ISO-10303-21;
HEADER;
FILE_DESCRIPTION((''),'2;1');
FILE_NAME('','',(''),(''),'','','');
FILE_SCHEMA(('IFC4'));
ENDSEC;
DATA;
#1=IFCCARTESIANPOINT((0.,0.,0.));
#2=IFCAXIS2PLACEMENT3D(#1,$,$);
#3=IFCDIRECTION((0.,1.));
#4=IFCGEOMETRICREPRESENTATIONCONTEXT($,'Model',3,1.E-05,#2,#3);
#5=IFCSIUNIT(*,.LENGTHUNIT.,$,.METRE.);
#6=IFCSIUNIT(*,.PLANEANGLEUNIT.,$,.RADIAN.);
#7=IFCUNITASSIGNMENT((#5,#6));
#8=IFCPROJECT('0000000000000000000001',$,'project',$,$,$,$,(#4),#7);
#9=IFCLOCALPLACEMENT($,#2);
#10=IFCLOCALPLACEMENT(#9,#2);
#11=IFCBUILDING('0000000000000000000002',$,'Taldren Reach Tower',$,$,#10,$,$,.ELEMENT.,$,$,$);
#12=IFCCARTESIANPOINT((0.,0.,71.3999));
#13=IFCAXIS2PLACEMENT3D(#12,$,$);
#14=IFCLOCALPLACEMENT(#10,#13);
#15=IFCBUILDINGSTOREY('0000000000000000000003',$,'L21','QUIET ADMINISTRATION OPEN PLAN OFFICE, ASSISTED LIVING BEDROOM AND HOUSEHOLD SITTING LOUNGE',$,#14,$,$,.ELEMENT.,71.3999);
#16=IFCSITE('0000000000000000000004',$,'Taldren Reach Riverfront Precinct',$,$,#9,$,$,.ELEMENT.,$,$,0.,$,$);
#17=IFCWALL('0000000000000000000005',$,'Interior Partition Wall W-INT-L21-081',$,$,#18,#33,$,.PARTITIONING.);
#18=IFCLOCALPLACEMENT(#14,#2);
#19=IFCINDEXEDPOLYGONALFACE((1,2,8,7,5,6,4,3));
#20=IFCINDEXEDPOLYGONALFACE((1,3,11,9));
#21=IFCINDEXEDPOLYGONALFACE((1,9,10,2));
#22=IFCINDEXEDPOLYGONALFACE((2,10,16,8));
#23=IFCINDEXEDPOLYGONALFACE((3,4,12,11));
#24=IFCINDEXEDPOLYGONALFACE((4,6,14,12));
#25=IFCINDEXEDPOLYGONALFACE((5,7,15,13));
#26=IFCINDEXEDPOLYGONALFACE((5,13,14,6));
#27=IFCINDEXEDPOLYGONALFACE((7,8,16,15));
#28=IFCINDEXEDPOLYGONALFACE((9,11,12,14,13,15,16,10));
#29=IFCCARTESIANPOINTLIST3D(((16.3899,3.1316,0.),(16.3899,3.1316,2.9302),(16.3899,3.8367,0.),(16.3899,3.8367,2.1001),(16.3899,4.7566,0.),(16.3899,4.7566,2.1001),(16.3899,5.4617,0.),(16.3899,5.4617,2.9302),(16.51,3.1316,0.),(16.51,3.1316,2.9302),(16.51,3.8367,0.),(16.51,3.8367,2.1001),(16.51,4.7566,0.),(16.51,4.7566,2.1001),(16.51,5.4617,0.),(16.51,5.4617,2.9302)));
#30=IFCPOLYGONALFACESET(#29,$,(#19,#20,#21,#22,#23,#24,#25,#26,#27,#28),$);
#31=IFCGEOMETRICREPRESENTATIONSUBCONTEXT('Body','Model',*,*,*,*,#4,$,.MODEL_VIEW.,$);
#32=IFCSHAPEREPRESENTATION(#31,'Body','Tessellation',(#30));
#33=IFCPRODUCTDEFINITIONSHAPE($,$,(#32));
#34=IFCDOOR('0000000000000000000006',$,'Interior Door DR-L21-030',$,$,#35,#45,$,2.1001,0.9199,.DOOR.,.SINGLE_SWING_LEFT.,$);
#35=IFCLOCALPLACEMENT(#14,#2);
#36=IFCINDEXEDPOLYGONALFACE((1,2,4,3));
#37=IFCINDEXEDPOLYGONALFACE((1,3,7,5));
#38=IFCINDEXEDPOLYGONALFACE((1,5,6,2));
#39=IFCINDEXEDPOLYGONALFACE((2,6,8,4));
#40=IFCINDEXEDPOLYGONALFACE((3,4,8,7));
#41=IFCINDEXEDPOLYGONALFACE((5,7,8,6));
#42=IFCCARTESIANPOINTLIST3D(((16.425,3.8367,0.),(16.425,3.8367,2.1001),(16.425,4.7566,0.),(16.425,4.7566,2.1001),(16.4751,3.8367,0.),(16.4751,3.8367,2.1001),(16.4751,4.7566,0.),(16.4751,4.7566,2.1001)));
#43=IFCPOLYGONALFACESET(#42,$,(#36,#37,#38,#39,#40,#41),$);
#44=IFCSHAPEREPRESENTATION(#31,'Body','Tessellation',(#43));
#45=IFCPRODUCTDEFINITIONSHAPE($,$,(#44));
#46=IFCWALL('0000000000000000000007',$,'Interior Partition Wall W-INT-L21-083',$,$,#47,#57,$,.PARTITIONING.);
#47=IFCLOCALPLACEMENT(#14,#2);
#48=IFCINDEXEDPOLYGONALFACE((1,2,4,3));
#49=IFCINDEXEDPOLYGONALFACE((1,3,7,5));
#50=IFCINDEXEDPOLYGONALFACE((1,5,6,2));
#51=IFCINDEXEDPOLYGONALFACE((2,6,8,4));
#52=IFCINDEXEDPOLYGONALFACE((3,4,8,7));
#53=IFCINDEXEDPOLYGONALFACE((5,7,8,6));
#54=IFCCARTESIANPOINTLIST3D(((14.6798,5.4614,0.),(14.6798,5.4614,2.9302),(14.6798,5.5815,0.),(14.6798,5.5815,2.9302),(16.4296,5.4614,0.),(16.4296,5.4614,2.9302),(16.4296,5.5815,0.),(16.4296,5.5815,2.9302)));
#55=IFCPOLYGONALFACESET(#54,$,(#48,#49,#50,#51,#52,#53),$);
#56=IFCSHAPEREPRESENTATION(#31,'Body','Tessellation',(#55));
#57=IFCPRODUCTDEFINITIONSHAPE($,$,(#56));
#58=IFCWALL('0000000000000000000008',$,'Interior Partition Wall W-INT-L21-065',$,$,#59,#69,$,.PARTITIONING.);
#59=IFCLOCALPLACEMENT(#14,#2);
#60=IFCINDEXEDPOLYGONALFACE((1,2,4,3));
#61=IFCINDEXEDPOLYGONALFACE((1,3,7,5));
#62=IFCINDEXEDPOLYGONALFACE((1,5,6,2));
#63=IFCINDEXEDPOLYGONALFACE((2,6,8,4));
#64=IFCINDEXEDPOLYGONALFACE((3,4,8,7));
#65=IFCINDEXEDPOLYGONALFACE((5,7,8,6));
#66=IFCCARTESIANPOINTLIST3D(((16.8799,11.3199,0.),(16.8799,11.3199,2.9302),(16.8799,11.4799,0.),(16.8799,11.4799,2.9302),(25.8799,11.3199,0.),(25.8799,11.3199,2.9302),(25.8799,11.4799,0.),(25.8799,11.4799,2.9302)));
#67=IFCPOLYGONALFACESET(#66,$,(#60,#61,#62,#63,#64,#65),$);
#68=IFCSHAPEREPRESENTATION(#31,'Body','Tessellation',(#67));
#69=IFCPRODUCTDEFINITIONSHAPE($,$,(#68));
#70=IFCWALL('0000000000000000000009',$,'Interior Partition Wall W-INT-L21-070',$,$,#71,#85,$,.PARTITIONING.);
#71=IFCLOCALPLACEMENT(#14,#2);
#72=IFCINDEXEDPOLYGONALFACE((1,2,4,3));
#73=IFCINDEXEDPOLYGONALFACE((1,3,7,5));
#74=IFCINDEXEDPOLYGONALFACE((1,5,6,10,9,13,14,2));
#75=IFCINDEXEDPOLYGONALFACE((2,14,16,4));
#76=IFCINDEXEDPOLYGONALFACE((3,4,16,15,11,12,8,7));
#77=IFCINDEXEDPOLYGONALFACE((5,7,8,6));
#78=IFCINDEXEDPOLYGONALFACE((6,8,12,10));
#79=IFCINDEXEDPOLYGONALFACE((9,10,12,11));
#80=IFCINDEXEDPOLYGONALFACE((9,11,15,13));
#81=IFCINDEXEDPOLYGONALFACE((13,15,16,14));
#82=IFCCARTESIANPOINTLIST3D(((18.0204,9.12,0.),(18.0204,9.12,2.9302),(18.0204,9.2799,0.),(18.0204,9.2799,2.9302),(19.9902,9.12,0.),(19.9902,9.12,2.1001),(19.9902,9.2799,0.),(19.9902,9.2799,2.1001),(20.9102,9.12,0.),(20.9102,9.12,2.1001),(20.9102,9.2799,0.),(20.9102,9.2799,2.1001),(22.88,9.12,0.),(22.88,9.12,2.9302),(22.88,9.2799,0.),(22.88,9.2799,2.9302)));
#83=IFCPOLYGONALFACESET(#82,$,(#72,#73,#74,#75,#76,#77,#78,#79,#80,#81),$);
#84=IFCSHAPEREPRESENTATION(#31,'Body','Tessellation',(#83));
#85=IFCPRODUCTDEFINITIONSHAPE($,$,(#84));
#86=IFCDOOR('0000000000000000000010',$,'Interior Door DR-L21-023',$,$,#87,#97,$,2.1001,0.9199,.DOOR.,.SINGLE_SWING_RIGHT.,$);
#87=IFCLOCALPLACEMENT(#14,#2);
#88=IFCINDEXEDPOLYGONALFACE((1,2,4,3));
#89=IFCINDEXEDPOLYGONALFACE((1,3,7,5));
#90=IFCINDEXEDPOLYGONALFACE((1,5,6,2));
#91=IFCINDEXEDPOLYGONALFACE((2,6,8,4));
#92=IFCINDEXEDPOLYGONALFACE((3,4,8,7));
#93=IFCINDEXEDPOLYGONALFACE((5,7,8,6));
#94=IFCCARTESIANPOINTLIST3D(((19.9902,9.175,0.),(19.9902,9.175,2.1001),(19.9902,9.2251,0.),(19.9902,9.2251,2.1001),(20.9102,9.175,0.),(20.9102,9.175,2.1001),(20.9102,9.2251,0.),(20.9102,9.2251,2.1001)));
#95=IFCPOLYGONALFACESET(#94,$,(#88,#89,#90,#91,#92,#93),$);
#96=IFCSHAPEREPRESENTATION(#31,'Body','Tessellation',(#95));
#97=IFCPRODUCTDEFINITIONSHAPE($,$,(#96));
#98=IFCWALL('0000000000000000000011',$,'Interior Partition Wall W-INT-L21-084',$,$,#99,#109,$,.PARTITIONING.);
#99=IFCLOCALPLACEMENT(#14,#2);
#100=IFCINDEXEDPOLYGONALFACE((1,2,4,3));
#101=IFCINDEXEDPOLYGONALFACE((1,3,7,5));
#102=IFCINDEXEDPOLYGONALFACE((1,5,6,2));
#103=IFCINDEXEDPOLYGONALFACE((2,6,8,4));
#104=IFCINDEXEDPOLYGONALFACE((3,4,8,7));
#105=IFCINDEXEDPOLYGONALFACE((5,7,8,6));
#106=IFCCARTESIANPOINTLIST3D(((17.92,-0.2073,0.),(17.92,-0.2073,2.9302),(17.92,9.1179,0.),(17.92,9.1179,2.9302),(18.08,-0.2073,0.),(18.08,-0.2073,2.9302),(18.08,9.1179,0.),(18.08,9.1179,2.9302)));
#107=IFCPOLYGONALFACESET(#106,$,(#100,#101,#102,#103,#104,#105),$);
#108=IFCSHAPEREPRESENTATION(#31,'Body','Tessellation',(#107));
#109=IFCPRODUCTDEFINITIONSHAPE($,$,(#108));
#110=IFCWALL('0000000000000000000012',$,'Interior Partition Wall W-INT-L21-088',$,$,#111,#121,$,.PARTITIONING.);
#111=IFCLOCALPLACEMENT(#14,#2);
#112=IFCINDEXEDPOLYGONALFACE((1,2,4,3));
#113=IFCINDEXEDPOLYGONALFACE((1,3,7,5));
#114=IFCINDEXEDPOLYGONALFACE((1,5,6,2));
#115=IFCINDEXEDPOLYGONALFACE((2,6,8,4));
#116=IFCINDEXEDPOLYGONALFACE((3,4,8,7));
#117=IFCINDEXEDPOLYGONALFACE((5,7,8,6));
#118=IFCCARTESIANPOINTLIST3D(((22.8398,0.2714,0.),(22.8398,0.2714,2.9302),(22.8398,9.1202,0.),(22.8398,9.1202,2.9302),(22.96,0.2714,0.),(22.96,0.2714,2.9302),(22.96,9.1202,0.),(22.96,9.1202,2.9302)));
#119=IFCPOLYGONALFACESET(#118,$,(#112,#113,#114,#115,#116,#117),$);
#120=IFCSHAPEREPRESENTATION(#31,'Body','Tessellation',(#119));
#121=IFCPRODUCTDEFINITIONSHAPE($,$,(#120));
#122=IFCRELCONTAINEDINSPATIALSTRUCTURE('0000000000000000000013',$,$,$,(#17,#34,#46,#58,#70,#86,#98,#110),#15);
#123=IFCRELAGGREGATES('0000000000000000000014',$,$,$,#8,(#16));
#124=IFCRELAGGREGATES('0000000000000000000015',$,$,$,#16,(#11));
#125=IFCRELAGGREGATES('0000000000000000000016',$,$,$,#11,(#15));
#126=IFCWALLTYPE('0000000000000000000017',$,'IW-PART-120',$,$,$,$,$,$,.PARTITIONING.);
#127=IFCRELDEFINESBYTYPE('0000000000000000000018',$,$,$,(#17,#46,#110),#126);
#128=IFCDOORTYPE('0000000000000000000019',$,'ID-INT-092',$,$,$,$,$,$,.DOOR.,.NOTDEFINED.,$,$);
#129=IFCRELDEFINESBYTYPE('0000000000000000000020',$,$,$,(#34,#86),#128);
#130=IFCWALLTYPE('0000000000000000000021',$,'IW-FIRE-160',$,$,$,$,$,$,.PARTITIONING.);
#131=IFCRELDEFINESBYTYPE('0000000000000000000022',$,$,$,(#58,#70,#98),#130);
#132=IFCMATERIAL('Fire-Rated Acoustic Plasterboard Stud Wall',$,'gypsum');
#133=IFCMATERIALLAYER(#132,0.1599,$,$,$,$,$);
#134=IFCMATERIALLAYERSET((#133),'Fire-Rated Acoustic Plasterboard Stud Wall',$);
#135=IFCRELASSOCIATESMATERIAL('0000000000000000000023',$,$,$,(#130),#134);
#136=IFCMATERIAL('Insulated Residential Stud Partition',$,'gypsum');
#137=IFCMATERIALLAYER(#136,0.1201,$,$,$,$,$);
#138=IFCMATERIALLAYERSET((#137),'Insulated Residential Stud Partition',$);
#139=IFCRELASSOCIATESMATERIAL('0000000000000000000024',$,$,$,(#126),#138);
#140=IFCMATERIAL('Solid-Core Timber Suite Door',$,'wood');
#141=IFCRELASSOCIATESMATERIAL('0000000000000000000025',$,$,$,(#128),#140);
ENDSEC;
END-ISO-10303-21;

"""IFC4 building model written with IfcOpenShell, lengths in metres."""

from ifc_helpers import new_model, si_unit, direction, frame, frame_2d, origin, place, context, subcontext, project, spatial, rectangle, extrude, source, transform, mapped, material, layer, layer_set, type_object, element, fill, save


model = new_model("IFC4")

# Units and contexts
model_context = context("Model", 3, precision=1e-05, world=origin(), true_north=direction((0.0, 1.0)))
body_context = subcontext(model_context, "Body", "Model", "MODEL_VIEW")
ifc_project = project(units=[si_unit("LENGTHUNIT", "METRE"), si_unit("PLANEANGLEUNIT", "RADIAN")], contexts=[model_context])

# Site, building, storey
site_placement = place(None, origin())
site = spatial("IfcSite", under=ifc_project, at=site_placement, Name="Taldren Reach Riverfront Precinct", CompositionType="ELEMENT", RefElevation=0.0)
building_placement = place(site_placement, origin())
building = spatial("IfcBuilding", under=site, at=building_placement, Name="Taldren Reach Tower", CompositionType="ELEMENT")
storey_placement = place(building_placement, frame((0.0, 0.0, 71.3999)))
storey = spatial("IfcBuildingStorey", under=building, at=storey_placement, Name="L21", Description="QUIET ADMINISTRATION OPEN PLAN OFFICE, ASSISTED LIVING BEDROOM AND HOUSEHOLD SITTING LOUNGE", CompositionType="ELEMENT", Elevation=71.3999)

# Shared definitions
ifc_material_1 = material(Name="Fire-Rated Acoustic Plasterboard Stud Wall", Category="gypsum")
ifc_layer_1 = layer(ifc_material_1, 0.1599)
ifc_layer_set_1 = layer_set([ifc_layer_1], Name="Fire-Rated Acoustic Plasterboard Stud Wall")
wall_type_1 = type_object("IfcWallType", Name="IW-FIRE-160", PredefinedType="PARTITIONING", material=ifc_layer_set_1)

# Wall, opening, door
ifc_material_2 = material(Name="Insulated Residential Stud Partition", Category="gypsum")
ifc_layer_2 = layer(ifc_material_2, 0.1201)
ifc_layer_set_2 = layer_set([ifc_layer_2], Name="Insulated Residential Stud Partition")
wall_type_2 = type_object("IfcWallType", Name="IW-PART-120", PredefinedType="PARTITIONING", material=ifc_layer_set_2)
shared_shape_1 = source(origin(), body_context, "Body", "SweptSolid", [
    extrude(rectangle(XDim=2.3301, YDim=0.1201, at=frame_2d((1.165, 0.0))), origin(), (0.0, 0.0, 1.0), 2.9302),
])
wall_1_placement = place(storey_placement, frame((16.45, 3.1316, 0.0), z_axis=(0.0, 0.0, 1.0), x_axis=(0.0, 1.0, 0.0)))
wall_1 = element("IfcWall", 1, at=wall_1_placement, inside=storey, type_object=wall_type_2, Name="Interior Partition Wall W-INT-L21-081", PredefinedType="PARTITIONING", context=body_context, shape_type="MappedRepresentation", body=[
    mapped(shared_shape_1, transform((0.0, 0.0, 0.0), scale=1.0)),
])
shared_shape_2 = source(origin(), body_context, "Body", "SweptSolid", [
    extrude(rectangle(XDim=0.9199, YDim=2.1001, at=frame_2d((0.46, 1.05))), frame((0.0, 0.0701, 0.0), z_axis=(0.0, -1.0, 0.0), x_axis=(1.0, 0.0, 0.0)), (0.0, 0.0, 1.0), 0.1401),
])
opening_1_placement = place(wall_1_placement, frame((0.7051, 0.0, 0.0)))
opening_1 = element("IfcOpeningElement", 2, at=opening_1_placement, cuts=wall_1, PredefinedType="OPENING", context=body_context, shape_type="MappedRepresentation", body=[
    mapped(shared_shape_2, transform((0.0, 0.0, 0.0), scale=1.0)),
])
ifc_material_3 = material(Name="Solid-Core Timber Suite Door", Category="wood")
door_type_1 = type_object("IfcDoorType", Name="ID-INT-092", OperationType="NOTDEFINED", PredefinedType="DOOR", material=ifc_material_3)
shared_shape_3 = source(origin(), body_context, "Body", "SweptSolid", [
    extrude(rectangle(XDim=0.9199, YDim=2.1001, at=frame_2d((0.46, 1.05))), frame((0.0, 0.0249, 0.0), z_axis=(0.0, -1.0, 0.0), x_axis=(1.0, 0.0, 0.0)), (0.0, 0.0, 1.0), 0.05),
])
door_1_placement = place(opening_1_placement, origin())
door_1 = element("IfcDoor", 3, at=door_1_placement, inside=storey, type_object=door_type_1, Name="Interior Door DR-L21-030", OperationType="SINGLE_SWING_LEFT", OverallHeight=2.1001, OverallWidth=0.9199, PredefinedType="DOOR", context=body_context, shape_type="MappedRepresentation", body=[
    mapped(shared_shape_3, transform((0.0, 0.0, 0.0), scale=1.0)),
])
fill(opening_1, door_1)

# Walls
shared_shape_4 = source(origin(), body_context, "Body", "SweptSolid", [
    extrude(rectangle(XDim=1.7498, YDim=0.1201, at=frame_2d((0.875, 0.0))), origin(), (0.0, 0.0, 1.0), 2.9302),
])
wall_2_placement = place(storey_placement, frame((16.4297, 5.5215, 0.0), z_axis=(0.0, 0.0, 1.0), x_axis=(-1.0, 0.0, 0.0)))
element("IfcWall", 4, at=wall_2_placement, inside=storey, type_object=wall_type_2, Name="Interior Partition Wall W-INT-L21-083", PredefinedType="PARTITIONING", context=body_context, shape_type="MappedRepresentation", body=[
    mapped(shared_shape_4, transform((0.0, 0.0, 0.0), scale=1.0)),
])
shared_shape_5 = source(origin(), body_context, "Body", "SweptSolid", [
    extrude(rectangle(XDim=9.0, YDim=0.1599, at=frame_2d((4.5, 0.0))), origin(), (0.0, 0.0, 1.0), 2.9302),
])
wall_3_placement = place(storey_placement, frame((16.8799, 11.3999, 0.0), z_axis=(0.0, 0.0, 1.0), x_axis=(1.0, 0.0, 0.0)))
element("IfcWall", 5, at=wall_3_placement, inside=storey, type_object=wall_type_1, Name="Interior Partition Wall W-INT-L21-065", PredefinedType="PARTITIONING", context=body_context, shape_type="MappedRepresentation", body=[
    mapped(shared_shape_5, transform((0.0, 0.0, 0.0), scale=1.0)),
])

# Wall, opening, door
shared_shape_6 = source(origin(), body_context, "Body", "SweptSolid", [
    extrude(rectangle(XDim=4.8596, YDim=0.1599, at=frame_2d((2.4297, 0.0))), origin(), (0.0, 0.0, 1.0), 2.9302),
])
wall_4_placement = place(storey_placement, frame((22.8799, 9.2, 0.0), z_axis=(0.0, 0.0, 1.0), x_axis=(-1.0, 0.0, 0.0)))
wall_4 = element("IfcWall", 6, at=wall_4_placement, inside=storey, type_object=wall_type_1, Name="Interior Partition Wall W-INT-L21-070", PredefinedType="PARTITIONING", context=body_context, shape_type="MappedRepresentation", body=[
    mapped(shared_shape_6, transform((0.0, 0.0, 0.0), scale=1.0)),
])
shared_shape_7 = source(origin(), body_context, "Body", "SweptSolid", [
    extrude(rectangle(XDim=0.9199, YDim=2.1001, at=frame_2d((0.46, 1.05))), frame((0.0, 0.0898, 0.0), z_axis=(0.0, -1.0, 0.0), x_axis=(1.0, 0.0, 0.0)), (0.0, 0.0, 1.0), 0.1799),
])
opening_2_placement = place(wall_4_placement, frame((1.9697, 0.0, 0.0)))
opening_2 = element("IfcOpeningElement", 7, at=opening_2_placement, cuts=wall_4, PredefinedType="OPENING", context=body_context, shape_type="MappedRepresentation", body=[
    mapped(shared_shape_7, transform((0.0, 0.0, 0.0), scale=1.0)),
])
door_2_placement = place(opening_2_placement, origin())
door_2 = element("IfcDoor", 8, at=door_2_placement, inside=storey, type_object=door_type_1, Name="Interior Door DR-L21-023", OperationType="SINGLE_SWING_RIGHT", OverallHeight=2.1001, OverallWidth=0.9199, PredefinedType="DOOR", context=body_context, shape_type="MappedRepresentation", body=[
    mapped(shared_shape_3, transform((0.0, 0.0, 0.0), scale=1.0)),
])
fill(opening_2, door_2)

# Walls
shared_shape_8 = source(origin(), body_context, "Body", "SweptSolid", [
    extrude(rectangle(XDim=9.3252, YDim=0.1599, at=frame_2d((4.6626, 0.0))), origin(), (0.0, 0.0, 1.0), 2.9302),
])
wall_5_placement = place(storey_placement, frame((18.0, 9.1179, 0.0), z_axis=(0.0, 0.0, 1.0), x_axis=(0.0, -1.0, 0.0)))
element("IfcWall", 9, at=wall_5_placement, inside=storey, type_object=wall_type_1, Name="Interior Partition Wall W-INT-L21-084", PredefinedType="PARTITIONING", context=body_context, shape_type="MappedRepresentation", body=[
    mapped(shared_shape_8, transform((0.0, 0.0, 0.0), scale=1.0)),
])
shared_shape_9 = source(origin(), body_context, "Body", "SweptSolid", [
    extrude(rectangle(XDim=8.8489, YDim=0.1201, at=frame_2d((4.4243, 0.0))), origin(), (0.0, 0.0, 1.0), 2.9302),
])
wall_6_placement = place(storey_placement, frame((22.8999, 9.1201, 0.0), z_axis=(0.0, 0.0, 1.0), x_axis=(0.0, -1.0, 0.0)))
element("IfcWall", 10, at=wall_6_placement, inside=storey, type_object=wall_type_2, Name="Interior Partition Wall W-INT-L21-088", PredefinedType="PARTITIONING", context=body_context, shape_type="MappedRepresentation", body=[
    mapped(shared_shape_9, transform((0.0, 0.0, 0.0), scale=1.0)),
])

save(model, "model.ifc")
